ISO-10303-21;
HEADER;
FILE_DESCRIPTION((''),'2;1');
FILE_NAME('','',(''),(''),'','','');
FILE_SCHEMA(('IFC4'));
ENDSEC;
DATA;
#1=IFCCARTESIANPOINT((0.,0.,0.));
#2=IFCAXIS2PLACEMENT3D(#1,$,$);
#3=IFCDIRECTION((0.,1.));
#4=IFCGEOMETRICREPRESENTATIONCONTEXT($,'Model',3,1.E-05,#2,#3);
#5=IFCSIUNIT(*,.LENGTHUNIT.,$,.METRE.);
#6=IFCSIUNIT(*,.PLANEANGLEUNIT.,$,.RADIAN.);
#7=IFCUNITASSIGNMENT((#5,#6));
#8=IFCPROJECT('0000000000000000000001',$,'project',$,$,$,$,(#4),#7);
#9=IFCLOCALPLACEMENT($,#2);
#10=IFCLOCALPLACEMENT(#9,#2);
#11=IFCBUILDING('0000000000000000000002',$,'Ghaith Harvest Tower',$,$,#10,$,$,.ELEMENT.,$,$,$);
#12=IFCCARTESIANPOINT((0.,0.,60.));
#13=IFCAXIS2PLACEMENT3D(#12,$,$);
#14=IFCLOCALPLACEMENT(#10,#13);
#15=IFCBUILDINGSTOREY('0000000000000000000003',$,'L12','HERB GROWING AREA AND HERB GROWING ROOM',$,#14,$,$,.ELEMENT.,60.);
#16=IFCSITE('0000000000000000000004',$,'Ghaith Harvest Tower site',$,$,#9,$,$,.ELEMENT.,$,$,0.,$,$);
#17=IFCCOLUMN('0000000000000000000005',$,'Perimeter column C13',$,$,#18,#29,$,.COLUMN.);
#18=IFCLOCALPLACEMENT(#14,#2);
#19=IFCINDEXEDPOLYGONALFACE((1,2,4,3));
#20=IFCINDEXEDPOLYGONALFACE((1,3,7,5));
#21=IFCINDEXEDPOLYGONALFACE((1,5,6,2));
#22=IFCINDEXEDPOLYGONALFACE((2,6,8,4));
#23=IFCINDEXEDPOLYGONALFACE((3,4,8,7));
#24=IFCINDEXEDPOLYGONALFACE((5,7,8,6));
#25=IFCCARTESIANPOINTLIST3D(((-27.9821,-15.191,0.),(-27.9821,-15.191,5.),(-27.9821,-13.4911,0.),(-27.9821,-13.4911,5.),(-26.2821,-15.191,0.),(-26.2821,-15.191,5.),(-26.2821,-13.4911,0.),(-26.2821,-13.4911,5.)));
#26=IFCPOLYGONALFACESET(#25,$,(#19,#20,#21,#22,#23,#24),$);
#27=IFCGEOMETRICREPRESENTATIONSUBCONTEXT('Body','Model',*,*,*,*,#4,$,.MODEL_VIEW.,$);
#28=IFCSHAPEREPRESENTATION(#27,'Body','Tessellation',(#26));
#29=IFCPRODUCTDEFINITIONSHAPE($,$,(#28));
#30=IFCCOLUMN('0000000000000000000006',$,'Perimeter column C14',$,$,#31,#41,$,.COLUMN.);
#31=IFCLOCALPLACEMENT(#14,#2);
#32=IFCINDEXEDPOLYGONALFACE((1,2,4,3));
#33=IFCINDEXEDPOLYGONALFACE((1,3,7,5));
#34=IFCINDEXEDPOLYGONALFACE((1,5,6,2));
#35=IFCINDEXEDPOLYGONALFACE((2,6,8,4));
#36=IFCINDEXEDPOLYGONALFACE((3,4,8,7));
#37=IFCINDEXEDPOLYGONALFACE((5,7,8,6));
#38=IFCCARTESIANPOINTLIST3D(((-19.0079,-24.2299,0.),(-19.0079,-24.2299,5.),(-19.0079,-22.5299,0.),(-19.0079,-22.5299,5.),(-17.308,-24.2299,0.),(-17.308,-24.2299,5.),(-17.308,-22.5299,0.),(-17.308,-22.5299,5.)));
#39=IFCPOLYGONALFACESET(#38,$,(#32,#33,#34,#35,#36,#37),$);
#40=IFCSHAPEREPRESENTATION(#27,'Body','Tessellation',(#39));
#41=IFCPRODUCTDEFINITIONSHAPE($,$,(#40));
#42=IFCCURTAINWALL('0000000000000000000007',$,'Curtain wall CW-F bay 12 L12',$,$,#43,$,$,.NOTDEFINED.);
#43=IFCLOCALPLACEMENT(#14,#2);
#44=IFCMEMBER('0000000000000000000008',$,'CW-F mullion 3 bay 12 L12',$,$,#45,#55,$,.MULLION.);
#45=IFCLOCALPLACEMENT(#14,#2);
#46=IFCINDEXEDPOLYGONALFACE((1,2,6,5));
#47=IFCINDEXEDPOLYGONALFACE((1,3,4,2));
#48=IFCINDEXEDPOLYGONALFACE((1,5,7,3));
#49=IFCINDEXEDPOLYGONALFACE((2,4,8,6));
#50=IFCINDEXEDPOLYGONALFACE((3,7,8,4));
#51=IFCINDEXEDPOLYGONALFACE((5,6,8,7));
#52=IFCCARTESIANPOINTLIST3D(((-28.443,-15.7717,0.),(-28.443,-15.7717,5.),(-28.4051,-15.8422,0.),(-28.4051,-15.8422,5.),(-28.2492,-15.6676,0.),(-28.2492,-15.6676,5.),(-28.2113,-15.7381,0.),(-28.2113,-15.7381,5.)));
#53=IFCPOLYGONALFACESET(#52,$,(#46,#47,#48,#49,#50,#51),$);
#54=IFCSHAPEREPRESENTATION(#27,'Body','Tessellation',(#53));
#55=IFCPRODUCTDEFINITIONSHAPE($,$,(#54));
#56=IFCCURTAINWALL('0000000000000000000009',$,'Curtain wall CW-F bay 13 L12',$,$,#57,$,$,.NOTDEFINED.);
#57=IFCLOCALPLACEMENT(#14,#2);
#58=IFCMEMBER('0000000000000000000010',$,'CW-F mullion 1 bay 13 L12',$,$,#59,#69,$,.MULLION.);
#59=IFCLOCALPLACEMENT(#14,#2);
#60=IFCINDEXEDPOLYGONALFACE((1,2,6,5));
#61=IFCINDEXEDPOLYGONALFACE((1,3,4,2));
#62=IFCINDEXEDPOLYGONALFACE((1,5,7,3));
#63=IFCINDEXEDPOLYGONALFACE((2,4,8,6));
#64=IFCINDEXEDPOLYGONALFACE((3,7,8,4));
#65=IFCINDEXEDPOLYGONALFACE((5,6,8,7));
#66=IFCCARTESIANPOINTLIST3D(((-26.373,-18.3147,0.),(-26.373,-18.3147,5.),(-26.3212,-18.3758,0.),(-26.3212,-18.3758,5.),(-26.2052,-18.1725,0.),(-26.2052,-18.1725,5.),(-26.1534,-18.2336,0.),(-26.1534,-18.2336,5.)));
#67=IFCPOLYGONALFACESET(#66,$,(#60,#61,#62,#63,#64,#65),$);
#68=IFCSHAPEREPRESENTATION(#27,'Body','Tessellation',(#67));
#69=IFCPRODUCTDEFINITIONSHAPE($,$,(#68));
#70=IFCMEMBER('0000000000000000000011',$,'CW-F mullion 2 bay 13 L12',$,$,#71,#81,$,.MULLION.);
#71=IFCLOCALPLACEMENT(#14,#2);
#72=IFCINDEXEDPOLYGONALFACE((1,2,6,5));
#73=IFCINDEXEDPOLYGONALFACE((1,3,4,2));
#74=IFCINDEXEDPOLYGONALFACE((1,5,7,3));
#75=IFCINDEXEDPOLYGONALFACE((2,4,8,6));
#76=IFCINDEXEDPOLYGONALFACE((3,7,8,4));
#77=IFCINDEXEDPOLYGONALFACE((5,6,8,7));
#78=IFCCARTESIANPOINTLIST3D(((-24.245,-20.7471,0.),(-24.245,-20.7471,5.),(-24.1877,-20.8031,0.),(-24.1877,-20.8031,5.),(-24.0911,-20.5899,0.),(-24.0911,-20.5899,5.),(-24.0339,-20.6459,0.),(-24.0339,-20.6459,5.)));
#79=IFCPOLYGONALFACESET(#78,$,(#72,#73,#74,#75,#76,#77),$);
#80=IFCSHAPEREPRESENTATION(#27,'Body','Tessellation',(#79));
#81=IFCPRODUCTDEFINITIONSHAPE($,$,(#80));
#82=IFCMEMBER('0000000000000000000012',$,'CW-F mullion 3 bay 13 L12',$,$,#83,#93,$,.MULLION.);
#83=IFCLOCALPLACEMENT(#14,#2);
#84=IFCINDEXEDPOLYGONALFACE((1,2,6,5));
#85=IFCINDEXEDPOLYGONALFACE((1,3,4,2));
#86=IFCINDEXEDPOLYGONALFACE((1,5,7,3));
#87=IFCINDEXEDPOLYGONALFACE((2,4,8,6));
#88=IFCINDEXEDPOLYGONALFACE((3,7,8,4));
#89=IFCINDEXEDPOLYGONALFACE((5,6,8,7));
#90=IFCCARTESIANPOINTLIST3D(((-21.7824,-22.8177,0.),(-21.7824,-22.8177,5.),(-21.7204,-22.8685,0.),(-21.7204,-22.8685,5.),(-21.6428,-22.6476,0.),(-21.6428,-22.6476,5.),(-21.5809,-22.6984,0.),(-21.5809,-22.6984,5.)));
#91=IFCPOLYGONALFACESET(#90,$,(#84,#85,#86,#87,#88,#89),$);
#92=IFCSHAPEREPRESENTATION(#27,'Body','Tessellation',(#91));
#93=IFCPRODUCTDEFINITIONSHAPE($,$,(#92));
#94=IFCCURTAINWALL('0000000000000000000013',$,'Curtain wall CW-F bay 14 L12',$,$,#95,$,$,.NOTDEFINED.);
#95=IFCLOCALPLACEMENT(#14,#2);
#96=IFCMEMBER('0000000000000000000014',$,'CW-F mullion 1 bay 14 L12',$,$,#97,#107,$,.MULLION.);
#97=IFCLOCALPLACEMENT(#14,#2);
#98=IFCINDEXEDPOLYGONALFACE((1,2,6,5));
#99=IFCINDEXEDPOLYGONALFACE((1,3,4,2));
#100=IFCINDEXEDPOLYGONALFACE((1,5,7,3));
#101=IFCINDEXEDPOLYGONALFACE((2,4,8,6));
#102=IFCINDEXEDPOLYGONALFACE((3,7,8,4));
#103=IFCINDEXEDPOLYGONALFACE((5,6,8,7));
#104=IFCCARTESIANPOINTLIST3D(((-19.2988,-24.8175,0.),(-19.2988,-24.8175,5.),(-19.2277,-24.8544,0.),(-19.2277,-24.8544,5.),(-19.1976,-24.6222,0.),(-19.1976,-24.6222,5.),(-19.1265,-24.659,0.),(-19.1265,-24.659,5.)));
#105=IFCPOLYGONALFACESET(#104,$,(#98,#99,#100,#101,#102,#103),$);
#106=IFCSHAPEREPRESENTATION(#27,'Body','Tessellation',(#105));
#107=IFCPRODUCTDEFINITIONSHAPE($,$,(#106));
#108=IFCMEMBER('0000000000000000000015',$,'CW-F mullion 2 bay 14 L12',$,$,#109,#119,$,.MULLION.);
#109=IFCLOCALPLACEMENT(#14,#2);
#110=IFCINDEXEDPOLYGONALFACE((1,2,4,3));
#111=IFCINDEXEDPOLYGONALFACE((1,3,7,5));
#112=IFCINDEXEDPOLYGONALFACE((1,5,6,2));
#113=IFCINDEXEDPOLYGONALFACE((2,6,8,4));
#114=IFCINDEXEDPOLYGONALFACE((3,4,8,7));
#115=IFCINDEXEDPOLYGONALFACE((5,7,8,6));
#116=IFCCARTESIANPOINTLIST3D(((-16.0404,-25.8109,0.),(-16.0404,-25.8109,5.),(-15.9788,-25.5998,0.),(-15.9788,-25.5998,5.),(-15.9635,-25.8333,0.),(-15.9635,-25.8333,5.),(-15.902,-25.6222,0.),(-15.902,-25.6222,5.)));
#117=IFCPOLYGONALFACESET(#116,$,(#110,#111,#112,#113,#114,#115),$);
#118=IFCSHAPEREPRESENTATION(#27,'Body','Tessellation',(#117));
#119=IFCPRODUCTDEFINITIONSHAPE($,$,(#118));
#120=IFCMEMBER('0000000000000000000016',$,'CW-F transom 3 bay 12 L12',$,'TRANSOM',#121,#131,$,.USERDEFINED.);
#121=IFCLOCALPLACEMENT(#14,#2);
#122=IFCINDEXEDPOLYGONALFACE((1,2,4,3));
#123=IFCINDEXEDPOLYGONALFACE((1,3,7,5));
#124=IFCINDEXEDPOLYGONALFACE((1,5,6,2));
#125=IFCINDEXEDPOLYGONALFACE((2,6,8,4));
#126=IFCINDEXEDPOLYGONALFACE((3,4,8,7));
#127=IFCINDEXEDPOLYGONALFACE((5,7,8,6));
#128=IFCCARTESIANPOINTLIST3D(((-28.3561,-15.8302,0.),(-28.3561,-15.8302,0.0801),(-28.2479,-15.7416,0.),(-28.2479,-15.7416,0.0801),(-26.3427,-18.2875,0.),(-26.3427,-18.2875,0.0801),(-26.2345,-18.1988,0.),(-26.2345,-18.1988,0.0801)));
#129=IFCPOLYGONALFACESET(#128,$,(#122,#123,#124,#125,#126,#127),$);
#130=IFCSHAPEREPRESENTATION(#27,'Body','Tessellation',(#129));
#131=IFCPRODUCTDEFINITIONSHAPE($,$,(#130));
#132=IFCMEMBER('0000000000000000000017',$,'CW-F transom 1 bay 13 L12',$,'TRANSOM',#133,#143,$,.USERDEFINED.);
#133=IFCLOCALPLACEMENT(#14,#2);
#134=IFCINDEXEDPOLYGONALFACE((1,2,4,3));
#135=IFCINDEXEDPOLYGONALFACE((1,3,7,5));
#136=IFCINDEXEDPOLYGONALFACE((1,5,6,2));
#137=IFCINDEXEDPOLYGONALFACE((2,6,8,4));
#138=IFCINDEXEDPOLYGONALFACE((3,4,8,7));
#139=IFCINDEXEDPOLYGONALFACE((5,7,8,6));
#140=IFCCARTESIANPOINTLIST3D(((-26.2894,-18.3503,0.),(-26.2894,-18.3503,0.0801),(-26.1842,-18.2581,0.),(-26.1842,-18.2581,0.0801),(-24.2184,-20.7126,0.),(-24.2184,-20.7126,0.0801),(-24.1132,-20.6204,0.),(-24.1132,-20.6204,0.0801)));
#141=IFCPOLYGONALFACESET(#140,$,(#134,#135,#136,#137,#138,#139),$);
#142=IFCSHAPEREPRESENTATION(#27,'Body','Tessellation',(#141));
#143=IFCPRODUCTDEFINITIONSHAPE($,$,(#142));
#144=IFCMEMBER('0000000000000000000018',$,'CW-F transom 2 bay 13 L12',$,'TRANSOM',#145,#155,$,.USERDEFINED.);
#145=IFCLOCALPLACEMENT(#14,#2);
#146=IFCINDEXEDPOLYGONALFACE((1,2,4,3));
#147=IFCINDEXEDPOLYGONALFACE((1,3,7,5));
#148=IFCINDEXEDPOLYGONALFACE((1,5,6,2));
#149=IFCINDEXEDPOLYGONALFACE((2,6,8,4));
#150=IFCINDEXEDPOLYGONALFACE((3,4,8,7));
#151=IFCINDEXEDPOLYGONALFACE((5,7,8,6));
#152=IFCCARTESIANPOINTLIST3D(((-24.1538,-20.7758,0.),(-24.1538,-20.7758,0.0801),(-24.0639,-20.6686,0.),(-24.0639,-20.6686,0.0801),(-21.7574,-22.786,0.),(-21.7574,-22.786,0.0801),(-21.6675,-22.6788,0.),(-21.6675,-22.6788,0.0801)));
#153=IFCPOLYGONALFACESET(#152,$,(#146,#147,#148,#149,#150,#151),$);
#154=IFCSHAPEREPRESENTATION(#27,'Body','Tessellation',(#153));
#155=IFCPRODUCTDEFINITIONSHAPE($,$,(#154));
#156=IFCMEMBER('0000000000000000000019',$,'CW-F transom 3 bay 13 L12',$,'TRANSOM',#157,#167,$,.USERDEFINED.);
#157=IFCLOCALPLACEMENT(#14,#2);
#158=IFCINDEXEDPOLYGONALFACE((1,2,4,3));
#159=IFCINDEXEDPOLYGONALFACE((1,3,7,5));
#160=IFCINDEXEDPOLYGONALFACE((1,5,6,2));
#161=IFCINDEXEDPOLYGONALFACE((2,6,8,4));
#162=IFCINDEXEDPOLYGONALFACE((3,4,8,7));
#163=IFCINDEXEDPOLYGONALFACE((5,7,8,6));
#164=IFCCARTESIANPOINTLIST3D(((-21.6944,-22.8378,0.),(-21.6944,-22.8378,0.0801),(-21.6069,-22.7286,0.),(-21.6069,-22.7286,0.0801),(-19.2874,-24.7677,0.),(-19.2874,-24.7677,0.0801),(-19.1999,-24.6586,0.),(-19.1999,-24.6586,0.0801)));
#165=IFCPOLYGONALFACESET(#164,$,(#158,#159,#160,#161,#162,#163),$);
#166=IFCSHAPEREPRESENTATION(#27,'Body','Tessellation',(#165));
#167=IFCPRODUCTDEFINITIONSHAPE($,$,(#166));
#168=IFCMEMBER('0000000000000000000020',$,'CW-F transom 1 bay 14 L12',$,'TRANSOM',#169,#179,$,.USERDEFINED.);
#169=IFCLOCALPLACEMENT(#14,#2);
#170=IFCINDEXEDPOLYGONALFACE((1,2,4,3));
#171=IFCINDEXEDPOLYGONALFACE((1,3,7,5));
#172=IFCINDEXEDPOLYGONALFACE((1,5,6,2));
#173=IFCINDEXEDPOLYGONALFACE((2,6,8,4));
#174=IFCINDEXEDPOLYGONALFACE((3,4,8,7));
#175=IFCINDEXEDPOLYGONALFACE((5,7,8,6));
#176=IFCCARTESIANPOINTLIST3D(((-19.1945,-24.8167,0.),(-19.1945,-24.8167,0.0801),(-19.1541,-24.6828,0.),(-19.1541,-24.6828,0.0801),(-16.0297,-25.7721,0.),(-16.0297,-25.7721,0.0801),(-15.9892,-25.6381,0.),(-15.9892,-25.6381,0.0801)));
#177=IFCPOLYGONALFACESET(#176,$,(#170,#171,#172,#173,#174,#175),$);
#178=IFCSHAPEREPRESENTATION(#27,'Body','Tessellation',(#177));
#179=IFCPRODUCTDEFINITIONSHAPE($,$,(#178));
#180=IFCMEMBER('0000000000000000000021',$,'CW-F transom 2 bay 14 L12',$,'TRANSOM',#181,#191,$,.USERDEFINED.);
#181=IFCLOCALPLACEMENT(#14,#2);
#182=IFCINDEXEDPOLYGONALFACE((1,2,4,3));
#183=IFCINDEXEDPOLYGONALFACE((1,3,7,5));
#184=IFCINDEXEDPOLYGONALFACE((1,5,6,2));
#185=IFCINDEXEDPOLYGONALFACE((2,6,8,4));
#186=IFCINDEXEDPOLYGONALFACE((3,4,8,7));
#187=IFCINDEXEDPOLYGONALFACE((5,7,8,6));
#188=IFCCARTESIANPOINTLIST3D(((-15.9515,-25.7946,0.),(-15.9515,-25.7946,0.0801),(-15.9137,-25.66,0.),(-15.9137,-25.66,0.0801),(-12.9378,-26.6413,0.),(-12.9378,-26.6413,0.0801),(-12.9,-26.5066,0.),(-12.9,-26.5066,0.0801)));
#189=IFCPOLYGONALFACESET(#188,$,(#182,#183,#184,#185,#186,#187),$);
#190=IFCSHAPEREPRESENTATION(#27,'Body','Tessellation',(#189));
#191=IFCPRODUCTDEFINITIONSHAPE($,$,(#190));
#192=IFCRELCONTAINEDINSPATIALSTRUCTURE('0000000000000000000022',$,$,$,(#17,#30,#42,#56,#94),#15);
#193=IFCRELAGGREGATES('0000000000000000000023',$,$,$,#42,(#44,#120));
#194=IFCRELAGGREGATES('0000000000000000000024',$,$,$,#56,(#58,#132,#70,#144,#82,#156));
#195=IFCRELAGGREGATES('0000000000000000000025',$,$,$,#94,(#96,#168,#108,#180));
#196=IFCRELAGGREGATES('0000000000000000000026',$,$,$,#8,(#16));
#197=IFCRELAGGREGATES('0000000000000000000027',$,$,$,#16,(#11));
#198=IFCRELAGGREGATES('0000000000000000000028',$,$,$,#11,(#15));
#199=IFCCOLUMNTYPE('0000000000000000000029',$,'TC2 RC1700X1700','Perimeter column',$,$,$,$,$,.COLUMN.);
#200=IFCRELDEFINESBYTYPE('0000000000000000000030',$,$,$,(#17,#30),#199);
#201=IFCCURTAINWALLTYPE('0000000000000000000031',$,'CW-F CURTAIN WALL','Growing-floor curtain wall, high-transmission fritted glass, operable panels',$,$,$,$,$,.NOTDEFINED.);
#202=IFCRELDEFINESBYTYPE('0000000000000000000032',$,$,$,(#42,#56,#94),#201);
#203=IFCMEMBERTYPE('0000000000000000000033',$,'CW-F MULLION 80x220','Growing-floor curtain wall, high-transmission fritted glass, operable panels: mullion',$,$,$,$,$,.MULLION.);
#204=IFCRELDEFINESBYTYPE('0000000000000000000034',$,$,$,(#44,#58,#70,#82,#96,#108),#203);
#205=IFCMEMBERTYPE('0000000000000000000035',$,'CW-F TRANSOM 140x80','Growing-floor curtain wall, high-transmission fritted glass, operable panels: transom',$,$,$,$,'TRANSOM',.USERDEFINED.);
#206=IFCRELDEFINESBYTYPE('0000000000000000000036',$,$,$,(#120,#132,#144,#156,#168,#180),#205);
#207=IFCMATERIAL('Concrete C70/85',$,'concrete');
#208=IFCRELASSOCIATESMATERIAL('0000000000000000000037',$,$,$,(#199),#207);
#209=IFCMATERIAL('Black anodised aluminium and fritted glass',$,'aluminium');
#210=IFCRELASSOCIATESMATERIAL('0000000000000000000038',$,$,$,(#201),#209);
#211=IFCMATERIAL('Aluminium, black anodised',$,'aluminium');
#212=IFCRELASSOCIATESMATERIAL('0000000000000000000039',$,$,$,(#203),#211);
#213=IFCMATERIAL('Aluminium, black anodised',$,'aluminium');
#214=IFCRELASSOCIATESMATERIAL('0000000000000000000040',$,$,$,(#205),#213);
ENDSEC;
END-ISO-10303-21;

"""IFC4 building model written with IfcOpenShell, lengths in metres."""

from ifc_helpers import new_model, si_unit, direction, frame, origin, origin_2d, place, context, subcontext, project, spatial, rectangle, extrude, material, material_profile, profile_set, type_object, element, aggregate, save


model = new_model("IFC4")

# Units and contexts
model_context = context("Model", 3, precision=1e-05, world=origin(), true_north=direction((0.0, 1.0)))
body_context = subcontext(model_context, "Body", "Model", "MODEL_VIEW")
ifc_project = project(units=[si_unit("LENGTHUNIT", "METRE"), si_unit("PLANEANGLEUNIT", "RADIAN")], contexts=[model_context])

# Site, building, storey
site_placement = place(None, origin())
site = spatial("IfcSite", under=ifc_project, at=site_placement, Name="Ghaith Harvest Tower site", CompositionType="ELEMENT", RefElevation=0.0)
building_placement = place(site_placement, origin())
building = spatial("IfcBuilding", under=site, at=building_placement, Name="Ghaith Harvest Tower", CompositionType="ELEMENT")
storey_placement = place(building_placement, frame((0.0, 0.0, 60.0)))
storey = spatial("IfcBuildingStorey", under=building, at=storey_placement, Name="L12", Description="HERB GROWING AREA AND HERB GROWING ROOM", CompositionType="ELEMENT", Elevation=60.0)

# Columns
ifc_material_1 = material(Name="Concrete C70/85", Category="concrete")
ifc_material_profile_1 = material_profile(ifc_material_1, rectangle(XDim=1.7, YDim=1.7, at=origin_2d()), Name="RC1700X1700")
ifc_profile_set_1 = profile_set([ifc_material_profile_1], Name="Concrete C70/85")
column_type = type_object("IfcColumnType", Name="TC2 RC1700X1700", Description="Perimeter column", PredefinedType="COLUMN", material=ifc_profile_set_1)
for number, where, z_axis, x_axis, name in (
    (1, (-27.1321, -14.3411, 0.0), (0.0, 0.0, 1.0), (1.0, 0.0, 0.0), "Perimeter column C13"),
    (2, (-18.158, -23.3799, 0.0), (0.0, 0.0, 1.0), (1.0, 0.0, 0.0), "Perimeter column C14"),
):
    element("IfcColumn", number, at=place(storey_placement, frame(where, z_axis=z_axis, x_axis=x_axis)), inside=storey, type_object=column_type, Name=name, PredefinedType="COLUMN", context=body_context, shape_type="SweptSolid", body=[
        extrude(rectangle(XDim=1.7, YDim=1.7, at=origin_2d()), origin(), (0.0, 0.0, 1.0), 5.0),
    ])

# Curtain wall, member
ifc_material_2 = material(Name="Black anodised aluminium and fritted glass", Category="aluminium")
curtain_wall_type = type_object("IfcCurtainWallType", Name="CW-F CURTAIN WALL", Description="Growing-floor curtain wall, high-transmission fritted glass, operable panels", PredefinedType="NOTDEFINED", material=ifc_material_2)
curtain_wall_1_placement = place(storey_placement, origin())
curtain_wall_1 = element("IfcCurtainWall", 3, at=curtain_wall_1_placement, inside=storey, type_object=curtain_wall_type, Name="Curtain wall CW-F bay 12 L12", PredefinedType="NOTDEFINED")
ifc_material_3 = material(Name="Aluminium, black anodised", Category="aluminium")
ifc_material_profile_2 = material_profile(ifc_material_3, rectangle(XDim=0.0801, YDim=0.22, at=origin_2d()), Name="CW-F MULLION 80x220")
ifc_profile_set_2 = profile_set([ifc_material_profile_2], Name="Aluminium, black anodised")
member_type_1 = type_object("IfcMemberType", Name="CW-F MULLION 80x220", Description="Growing-floor curtain wall, high-transmission fritted glass, operable panels: mullion", PredefinedType="MULLION", material=ifc_profile_set_2)
member_1_placement = place(storey_placement, frame((-28.3271, -15.7549, 0.0), z_axis=(0.0, 0.0, 1.0), x_axis=(0.473265, -0.88092, 0.0)))
member_1 = element("IfcMember", 4, at=member_1_placement, type_object=member_type_1, Name="CW-F mullion 3 bay 12 L12", PredefinedType="MULLION", context=body_context, shape_type="SweptSolid", body=[
    extrude(rectangle(XDim=0.0801, YDim=0.22, at=origin_2d()), origin(), (0.0, 0.0, 1.0), 5.0),
])

# Curtain walls, members
curtain_wall_2_placement = place(storey_placement, origin())
curtain_wall_2 = element("IfcCurtainWall", 5, at=curtain_wall_2_placement, inside=storey, type_object=curtain_wall_type, Name="Curtain wall CW-F bay 13 L12", PredefinedType="NOTDEFINED")
member_2_placement = place(storey_placement, frame((-26.2632, -18.2742, 0.0), z_axis=(0.0, 0.0, 1.0), x_axis=(0.646524, -0.762894, 0.0)))
member_2 = element("IfcMember", 6, at=member_2_placement, type_object=member_type_1, Name="CW-F mullion 1 bay 13 L12", PredefinedType="MULLION", context=body_context, shape_type="SweptSolid", body=[
    extrude(rectangle(XDim=0.0801, YDim=0.22, at=origin_2d()), origin(), (0.0, 0.0, 1.0), 5.0),
])
member_3_placement = place(storey_placement, frame((-24.1394, -20.6965, 0.0), z_axis=(0.0, 0.0, 1.0), x_axis=(0.714663, -0.699469, 0.0)))
member_3 = element("IfcMember", 7, at=member_3_placement, type_object=member_type_1, Name="CW-F mullion 2 bay 13 L12", PredefinedType="MULLION", context=body_context, shape_type="SweptSolid", body=[
    extrude(rectangle(XDim=0.0801, YDim=0.22, at=origin_2d()), origin(), (0.0, 0.0, 1.0), 5.0),
])
member_4_placement = place(storey_placement, frame((-21.6816, -22.7581, 0.0), z_axis=(0.0, 0.0, 1.0), x_axis=(0.773139, -0.634237, 0.0)))
member_4 = element("IfcMember", 8, at=member_4_placement, type_object=member_type_1, Name="CW-F mullion 3 bay 13 L12", PredefinedType="MULLION", context=body_context, shape_type="SweptSolid", body=[
    extrude(rectangle(XDim=0.0801, YDim=0.22, at=origin_2d()), origin(), (0.0, 0.0, 1.0), 5.0),
])
curtain_wall_3_placement = place(storey_placement, origin())
curtain_wall_3 = element("IfcCurtainWall", 9, at=curtain_wall_3_placement, inside=storey, type_object=curtain_wall_type, Name="Curtain wall CW-F bay 14 L12", PredefinedType="NOTDEFINED")
member_5_placement = place(storey_placement, frame((-19.2126, -24.7383, 0.0), z_axis=(0.0, 0.0, 1.0), x_axis=(0.887912, -0.460013, 0.0)))
member_5 = element("IfcMember", 10, at=member_5_placement, type_object=member_type_1, Name="CW-F mullion 1 bay 14 L12", PredefinedType="MULLION", context=body_context, shape_type="SweptSolid", body=[
    extrude(rectangle(XDim=0.0801, YDim=0.22, at=origin_2d()), origin(), (0.0, 0.0, 1.0), 5.0),
])
member_6_placement = place(storey_placement, frame((-15.9712, -25.7166, 0.0), z_axis=(0.0, 0.0, 1.0), x_axis=(0.960009, -0.27997, 0.0)))
member_6 = element("IfcMember", 11, at=member_6_placement, type_object=member_type_1, Name="CW-F mullion 2 bay 14 L12", PredefinedType="MULLION", context=body_context, shape_type="SweptSolid", body=[
    extrude(rectangle(XDim=0.0801, YDim=0.22, at=origin_2d()), origin(), (0.0, 0.0, 1.0), 5.0),
])

# Members
ifc_material_4 = material(Name="Aluminium, black anodised", Category="aluminium")
ifc_material_profile_3 = material_profile(ifc_material_4, rectangle(XDim=0.1399, YDim=0.0801, at=origin_2d()), Name="CW-F TRANSOM 140x80")
ifc_profile_set_3 = profile_set([ifc_material_profile_3], Name="Aluminium, black anodised")
member_type_2 = type_object("IfcMemberType", Name="CW-F TRANSOM 140x80", Description="Growing-floor curtain wall, high-transmission fritted glass, operable panels: transom", ElementType="TRANSOM", PredefinedType="USERDEFINED", material=ifc_profile_set_3)
member_7_placement = place(storey_placement, frame((-28.302, -15.7859, 0.04), z_axis=(0.63379, -0.773505, 0.0), x_axis=(0.773505, 0.63379, 0.0)))
member_7 = element("IfcMember", 12, at=member_7_placement, type_object=member_type_2, Name="CW-F transom 3 bay 12 L12", ObjectType="TRANSOM", PredefinedType="USERDEFINED", context=body_context, shape_type="SweptSolid", body=[
    extrude(rectangle(XDim=0.1399, YDim=0.0801, at=origin_2d()), origin(), (0.0, 0.0, 1.0), 3.1768),
])
member_8_placement = place(storey_placement, frame((-26.2368, -18.3042, 0.04), z_axis=(0.659231, -0.751941, 0.0), x_axis=(0.751941, 0.659231, 0.0)))
member_8 = element("IfcMember", 13, at=member_8_placement, type_object=member_type_2, Name="CW-F transom 1 bay 13 L12", ObjectType="TRANSOM", PredefinedType="USERDEFINED", context=body_context, shape_type="SweptSolid", body=[
    extrude(rectangle(XDim=0.1399, YDim=0.0801, at=origin_2d()), origin(), (0.0, 0.0, 1.0), 3.1416),
])
member_9_placement = place(storey_placement, frame((-24.1089, -20.7222, 0.04), z_axis=(0.766144, -0.642668, 0.0), x_axis=(0.642668, 0.766144, 0.0)))
member_9 = element("IfcMember", 14, at=member_9_placement, type_object=member_type_2, Name="CW-F transom 2 bay 13 L12", ObjectType="TRANSOM", PredefinedType="USERDEFINED", context=body_context, shape_type="SweptSolid", body=[
    extrude(rectangle(XDim=0.1399, YDim=0.0801, at=origin_2d()), origin(), (0.0, 0.0, 1.0), 3.1279),
])
member_10_placement = place(storey_placement, frame((-21.6506, -22.7832, 0.04), z_axis=(0.780181, -0.625554, 0.0), x_axis=(0.625554, 0.780181, 0.0)))
member_10 = element("IfcMember", 15, at=member_10_placement, type_object=member_type_2, Name="CW-F transom 3 bay 13 L12", ObjectType="TRANSOM", PredefinedType="USERDEFINED", context=body_context, shape_type="SweptSolid", body=[
    extrude(rectangle(XDim=0.1399, YDim=0.0801, at=origin_2d()), origin(), (0.0, 0.0, 1.0), 3.0852),
])
member_11_placement = place(storey_placement, frame((-19.1743, -24.7498, 0.04), z_axis=(0.957335, -0.28898, 0.0), x_axis=(0.28898, 0.957335, 0.0)))
member_11 = element("IfcMember", 16, at=member_11_placement, type_object=member_type_2, Name="CW-F transom 1 bay 14 L12", ObjectType="TRANSOM", PredefinedType="USERDEFINED", context=body_context, shape_type="SweptSolid", body=[
    extrude(rectangle(XDim=0.1399, YDim=0.0801, at=origin_2d()), origin(), (0.0, 0.0, 1.0), 3.3059),
])
member_12_placement = place(storey_placement, frame((-15.9326, -25.7273, 0.04), z_axis=(0.962727, -0.270475, 0.0), x_axis=(0.270475, 0.962727, 0.0)))
member_12 = element("IfcMember", 17, at=member_12_placement, type_object=member_type_2, Name="CW-F transom 2 bay 14 L12", ObjectType="TRANSOM", PredefinedType="USERDEFINED", context=body_context, shape_type="SweptSolid", body=[
    extrude(rectangle(XDim=0.1399, YDim=0.0801, at=origin_2d()), origin(), (0.0, 0.0, 1.0), 3.1304),
])

aggregate(curtain_wall_1, [member_1, member_7])
aggregate(curtain_wall_2, [member_2, member_8, member_3, member_9, member_4, member_10])
aggregate(curtain_wall_3, [member_5, member_11, member_6, member_12])

save(model, "model.ifc")
